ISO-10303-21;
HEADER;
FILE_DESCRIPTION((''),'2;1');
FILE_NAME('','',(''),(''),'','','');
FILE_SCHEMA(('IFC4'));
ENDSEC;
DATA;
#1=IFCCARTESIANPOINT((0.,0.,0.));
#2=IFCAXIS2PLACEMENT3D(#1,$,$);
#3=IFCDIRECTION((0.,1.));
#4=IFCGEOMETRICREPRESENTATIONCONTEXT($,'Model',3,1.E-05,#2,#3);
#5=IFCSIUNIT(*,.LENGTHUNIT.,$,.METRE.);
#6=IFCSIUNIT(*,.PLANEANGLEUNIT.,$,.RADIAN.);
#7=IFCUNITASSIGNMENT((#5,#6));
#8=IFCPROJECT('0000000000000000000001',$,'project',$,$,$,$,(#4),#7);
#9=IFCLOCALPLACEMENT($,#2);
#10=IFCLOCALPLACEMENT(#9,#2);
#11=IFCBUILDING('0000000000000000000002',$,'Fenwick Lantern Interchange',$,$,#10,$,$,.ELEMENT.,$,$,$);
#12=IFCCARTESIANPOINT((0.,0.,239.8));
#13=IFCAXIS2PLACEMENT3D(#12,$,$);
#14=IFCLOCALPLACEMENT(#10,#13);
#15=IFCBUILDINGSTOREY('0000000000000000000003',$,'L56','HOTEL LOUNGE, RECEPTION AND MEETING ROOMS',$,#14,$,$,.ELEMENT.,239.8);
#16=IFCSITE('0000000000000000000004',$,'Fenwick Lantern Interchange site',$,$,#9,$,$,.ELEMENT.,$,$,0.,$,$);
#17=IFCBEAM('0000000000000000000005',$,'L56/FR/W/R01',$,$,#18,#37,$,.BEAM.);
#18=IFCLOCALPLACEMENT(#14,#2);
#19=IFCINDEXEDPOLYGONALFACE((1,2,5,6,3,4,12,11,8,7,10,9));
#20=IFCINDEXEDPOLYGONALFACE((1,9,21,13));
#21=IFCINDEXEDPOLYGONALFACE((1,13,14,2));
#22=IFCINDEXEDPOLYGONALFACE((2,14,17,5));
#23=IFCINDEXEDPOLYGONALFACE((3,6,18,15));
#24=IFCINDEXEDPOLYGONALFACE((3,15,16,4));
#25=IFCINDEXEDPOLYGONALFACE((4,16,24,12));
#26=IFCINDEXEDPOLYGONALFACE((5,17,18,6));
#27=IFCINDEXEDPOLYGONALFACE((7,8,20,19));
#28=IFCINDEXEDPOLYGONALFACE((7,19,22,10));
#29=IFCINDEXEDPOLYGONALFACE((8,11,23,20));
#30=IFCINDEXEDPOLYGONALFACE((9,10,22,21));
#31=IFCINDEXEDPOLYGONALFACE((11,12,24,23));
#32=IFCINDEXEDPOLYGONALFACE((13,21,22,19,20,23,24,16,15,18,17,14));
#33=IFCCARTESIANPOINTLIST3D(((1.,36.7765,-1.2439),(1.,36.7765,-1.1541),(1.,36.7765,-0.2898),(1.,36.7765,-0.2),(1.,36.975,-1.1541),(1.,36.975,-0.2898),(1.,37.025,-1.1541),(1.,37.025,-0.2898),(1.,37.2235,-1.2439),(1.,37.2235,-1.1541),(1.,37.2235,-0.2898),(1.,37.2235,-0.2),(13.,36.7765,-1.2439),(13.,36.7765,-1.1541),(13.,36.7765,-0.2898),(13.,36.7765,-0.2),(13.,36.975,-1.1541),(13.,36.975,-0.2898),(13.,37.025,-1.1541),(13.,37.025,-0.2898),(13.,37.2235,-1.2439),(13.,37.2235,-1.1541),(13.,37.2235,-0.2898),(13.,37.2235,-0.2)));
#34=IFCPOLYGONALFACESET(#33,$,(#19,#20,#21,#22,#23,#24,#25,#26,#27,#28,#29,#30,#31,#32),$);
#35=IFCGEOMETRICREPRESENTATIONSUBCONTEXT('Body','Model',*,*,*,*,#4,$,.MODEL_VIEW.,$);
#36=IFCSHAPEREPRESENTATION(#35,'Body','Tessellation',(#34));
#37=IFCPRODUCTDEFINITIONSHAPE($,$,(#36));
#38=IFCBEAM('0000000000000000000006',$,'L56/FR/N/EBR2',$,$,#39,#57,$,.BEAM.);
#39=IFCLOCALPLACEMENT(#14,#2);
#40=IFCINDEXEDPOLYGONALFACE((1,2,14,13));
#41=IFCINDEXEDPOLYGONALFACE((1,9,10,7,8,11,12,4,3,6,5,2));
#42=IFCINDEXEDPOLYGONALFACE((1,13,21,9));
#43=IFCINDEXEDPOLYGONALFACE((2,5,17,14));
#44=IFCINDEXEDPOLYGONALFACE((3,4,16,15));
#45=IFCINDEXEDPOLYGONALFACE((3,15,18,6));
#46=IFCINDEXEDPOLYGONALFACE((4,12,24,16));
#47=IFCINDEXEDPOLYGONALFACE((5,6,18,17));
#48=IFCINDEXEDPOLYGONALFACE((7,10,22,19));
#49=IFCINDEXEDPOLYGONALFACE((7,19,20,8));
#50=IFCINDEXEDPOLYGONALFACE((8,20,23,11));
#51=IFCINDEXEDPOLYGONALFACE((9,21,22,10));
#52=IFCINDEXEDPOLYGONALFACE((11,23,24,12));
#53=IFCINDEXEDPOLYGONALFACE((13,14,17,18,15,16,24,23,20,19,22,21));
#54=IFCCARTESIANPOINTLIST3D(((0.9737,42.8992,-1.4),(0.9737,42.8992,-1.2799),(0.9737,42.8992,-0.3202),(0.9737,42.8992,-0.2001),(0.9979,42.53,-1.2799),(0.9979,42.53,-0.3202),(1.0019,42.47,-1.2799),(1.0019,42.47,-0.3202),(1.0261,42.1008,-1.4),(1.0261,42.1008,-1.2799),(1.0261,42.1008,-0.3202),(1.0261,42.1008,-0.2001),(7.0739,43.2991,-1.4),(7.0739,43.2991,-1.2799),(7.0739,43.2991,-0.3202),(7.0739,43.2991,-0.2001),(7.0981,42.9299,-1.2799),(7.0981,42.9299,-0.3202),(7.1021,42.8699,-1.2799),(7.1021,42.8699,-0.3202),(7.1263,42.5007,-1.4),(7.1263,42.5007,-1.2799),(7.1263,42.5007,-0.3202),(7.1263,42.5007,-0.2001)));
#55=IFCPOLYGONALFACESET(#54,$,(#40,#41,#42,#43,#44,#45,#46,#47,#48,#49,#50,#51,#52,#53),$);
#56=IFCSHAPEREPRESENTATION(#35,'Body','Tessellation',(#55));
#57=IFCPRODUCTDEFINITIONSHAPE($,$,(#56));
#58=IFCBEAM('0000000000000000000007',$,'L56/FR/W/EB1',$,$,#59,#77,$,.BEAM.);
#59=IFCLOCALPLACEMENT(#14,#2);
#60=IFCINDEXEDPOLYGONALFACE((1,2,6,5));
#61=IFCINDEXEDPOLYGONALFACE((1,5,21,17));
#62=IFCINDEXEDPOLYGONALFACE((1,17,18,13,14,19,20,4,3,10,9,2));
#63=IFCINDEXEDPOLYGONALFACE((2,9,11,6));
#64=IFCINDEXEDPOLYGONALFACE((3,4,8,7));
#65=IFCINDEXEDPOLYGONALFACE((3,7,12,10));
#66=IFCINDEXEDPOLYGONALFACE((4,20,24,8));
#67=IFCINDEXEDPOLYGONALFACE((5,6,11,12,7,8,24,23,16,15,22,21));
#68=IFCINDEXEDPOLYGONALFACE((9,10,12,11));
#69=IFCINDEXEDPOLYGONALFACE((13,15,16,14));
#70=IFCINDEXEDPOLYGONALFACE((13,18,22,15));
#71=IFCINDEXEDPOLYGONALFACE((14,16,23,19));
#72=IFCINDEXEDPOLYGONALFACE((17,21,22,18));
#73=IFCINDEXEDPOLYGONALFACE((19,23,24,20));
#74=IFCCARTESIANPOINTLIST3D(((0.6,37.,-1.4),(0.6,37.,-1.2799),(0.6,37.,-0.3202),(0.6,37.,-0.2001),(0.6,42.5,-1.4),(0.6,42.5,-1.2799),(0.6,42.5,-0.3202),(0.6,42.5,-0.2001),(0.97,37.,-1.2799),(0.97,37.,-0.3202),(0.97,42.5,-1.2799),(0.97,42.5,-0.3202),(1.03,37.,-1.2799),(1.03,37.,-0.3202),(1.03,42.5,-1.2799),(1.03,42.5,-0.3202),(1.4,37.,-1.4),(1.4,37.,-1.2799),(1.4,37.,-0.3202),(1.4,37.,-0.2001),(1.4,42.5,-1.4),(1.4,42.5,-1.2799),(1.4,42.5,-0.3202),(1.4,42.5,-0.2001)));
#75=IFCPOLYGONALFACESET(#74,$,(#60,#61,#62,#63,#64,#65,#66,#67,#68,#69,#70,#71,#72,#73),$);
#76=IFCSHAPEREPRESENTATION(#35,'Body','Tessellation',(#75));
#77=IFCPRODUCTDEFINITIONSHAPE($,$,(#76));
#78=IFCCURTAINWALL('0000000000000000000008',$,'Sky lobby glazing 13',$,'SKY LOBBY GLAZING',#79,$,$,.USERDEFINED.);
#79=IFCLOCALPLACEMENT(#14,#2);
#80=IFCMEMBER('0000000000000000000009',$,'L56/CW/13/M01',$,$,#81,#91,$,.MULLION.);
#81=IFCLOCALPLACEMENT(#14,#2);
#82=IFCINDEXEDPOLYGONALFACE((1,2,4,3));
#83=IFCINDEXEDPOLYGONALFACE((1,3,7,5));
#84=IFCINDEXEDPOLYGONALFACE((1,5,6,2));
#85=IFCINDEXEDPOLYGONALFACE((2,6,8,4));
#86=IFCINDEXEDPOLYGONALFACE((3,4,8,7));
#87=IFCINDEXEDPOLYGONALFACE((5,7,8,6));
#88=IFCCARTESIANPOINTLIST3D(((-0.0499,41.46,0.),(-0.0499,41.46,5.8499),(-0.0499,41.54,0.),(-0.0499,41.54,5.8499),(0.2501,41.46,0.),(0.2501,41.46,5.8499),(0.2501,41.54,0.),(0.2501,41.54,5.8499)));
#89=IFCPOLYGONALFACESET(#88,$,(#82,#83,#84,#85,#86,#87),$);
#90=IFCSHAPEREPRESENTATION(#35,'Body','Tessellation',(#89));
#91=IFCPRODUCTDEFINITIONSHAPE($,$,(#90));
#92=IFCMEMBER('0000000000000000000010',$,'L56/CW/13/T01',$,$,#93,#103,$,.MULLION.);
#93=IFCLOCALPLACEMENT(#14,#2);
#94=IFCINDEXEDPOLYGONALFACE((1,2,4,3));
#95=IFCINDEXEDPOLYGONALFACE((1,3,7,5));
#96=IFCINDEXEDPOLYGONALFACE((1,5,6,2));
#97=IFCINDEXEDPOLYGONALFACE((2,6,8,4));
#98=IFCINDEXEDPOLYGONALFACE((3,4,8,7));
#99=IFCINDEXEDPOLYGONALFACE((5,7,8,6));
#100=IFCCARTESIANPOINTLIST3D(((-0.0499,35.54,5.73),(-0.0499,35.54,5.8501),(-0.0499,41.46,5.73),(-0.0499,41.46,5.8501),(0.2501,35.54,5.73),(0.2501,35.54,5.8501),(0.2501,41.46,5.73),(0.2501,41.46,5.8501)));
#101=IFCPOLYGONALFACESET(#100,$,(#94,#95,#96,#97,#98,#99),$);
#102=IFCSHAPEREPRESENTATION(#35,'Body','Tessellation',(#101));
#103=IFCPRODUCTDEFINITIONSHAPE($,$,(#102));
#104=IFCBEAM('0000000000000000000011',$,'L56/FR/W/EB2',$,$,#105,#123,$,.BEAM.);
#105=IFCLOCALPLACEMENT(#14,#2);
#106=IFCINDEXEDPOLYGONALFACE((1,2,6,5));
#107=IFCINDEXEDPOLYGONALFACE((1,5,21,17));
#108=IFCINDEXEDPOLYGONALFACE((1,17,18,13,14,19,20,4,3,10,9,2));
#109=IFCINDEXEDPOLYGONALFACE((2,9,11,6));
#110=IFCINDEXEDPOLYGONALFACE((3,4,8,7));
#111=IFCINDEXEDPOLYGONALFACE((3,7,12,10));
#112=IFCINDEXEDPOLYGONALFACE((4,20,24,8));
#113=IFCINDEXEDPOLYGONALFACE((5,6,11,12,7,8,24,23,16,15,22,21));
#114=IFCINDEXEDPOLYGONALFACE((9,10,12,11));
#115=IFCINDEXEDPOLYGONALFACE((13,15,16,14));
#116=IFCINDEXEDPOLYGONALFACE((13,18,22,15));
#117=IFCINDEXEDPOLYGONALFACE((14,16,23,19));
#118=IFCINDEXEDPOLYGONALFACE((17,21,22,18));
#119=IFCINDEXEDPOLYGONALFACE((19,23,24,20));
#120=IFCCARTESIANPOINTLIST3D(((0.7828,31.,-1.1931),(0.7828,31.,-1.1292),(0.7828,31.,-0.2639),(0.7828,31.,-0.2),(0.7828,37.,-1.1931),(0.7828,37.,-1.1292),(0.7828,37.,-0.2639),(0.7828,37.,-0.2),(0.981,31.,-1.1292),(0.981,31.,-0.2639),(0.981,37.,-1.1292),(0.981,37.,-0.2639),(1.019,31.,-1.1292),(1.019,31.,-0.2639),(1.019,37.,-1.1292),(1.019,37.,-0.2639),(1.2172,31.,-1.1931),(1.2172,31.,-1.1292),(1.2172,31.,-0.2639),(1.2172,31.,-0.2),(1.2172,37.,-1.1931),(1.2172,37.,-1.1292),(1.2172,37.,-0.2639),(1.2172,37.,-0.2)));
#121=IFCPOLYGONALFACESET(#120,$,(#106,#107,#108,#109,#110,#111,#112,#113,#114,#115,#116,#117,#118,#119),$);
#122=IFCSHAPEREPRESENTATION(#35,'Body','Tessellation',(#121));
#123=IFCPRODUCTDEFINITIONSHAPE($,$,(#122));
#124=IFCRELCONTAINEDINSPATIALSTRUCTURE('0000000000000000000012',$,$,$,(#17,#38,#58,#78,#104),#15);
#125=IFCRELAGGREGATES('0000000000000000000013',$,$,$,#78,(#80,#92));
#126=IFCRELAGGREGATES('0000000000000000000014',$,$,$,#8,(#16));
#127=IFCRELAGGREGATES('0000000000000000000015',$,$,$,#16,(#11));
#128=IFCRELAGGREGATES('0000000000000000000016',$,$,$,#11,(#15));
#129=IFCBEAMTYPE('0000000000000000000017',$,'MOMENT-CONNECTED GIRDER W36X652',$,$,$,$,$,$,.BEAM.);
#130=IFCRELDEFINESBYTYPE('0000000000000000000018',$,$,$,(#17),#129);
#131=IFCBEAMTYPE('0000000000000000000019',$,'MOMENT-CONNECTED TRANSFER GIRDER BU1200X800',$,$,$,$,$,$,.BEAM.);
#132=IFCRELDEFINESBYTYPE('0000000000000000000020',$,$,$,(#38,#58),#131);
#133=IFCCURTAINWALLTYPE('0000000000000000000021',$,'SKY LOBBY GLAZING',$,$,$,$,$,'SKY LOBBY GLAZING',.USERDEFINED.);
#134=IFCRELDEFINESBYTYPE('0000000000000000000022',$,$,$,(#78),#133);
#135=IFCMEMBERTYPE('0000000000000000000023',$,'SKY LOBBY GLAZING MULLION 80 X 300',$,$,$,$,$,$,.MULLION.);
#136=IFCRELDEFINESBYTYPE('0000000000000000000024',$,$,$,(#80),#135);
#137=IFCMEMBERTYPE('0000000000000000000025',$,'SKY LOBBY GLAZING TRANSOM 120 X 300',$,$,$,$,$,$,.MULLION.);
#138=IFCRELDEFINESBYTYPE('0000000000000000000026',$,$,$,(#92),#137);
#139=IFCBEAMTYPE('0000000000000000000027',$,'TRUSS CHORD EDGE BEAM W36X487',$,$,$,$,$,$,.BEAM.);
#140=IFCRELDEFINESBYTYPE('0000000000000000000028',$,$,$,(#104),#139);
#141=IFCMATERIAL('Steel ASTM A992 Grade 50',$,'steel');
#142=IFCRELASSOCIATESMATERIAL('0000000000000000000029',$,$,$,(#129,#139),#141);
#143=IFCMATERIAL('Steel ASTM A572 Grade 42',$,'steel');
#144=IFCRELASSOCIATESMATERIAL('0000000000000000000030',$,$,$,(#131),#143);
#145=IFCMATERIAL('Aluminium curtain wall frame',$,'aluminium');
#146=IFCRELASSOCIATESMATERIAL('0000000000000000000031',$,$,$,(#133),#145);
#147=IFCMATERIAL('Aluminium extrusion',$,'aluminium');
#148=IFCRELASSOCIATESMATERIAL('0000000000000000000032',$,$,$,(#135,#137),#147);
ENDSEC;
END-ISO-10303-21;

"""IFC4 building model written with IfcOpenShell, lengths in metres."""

from ifc_helpers import new_model, si_unit, direction, frame, origin, origin_2d, place, context, subcontext, project, spatial, rectangle, i_section, extrude, material, material_profile, profile_set, type_object, element, aggregate, save


model = new_model("IFC4")

# Units and contexts
model_context = context("Model", 3, precision=1e-05, world=origin(), true_north=direction((0.0, 1.0)))
body_context = subcontext(model_context, "Body", "Model", "MODEL_VIEW")
ifc_project = project(units=[si_unit("LENGTHUNIT", "METRE"), si_unit("PLANEANGLEUNIT", "RADIAN")], contexts=[model_context])

# Site, building, storey
site_placement = place(None, origin())
site = spatial("IfcSite", under=ifc_project, at=site_placement, Name="Fenwick Lantern Interchange site", CompositionType="ELEMENT", RefElevation=0.0)
building_placement = place(site_placement, origin())
building = spatial("IfcBuilding", under=site, at=building_placement, Name="Fenwick Lantern Interchange", CompositionType="ELEMENT")
storey_placement = place(building_placement, frame((0.0, 0.0, 239.8)))
storey = spatial("IfcBuildingStorey", under=building, at=storey_placement, Name="L56", Description="HOTEL LOUNGE, RECEPTION AND MEETING ROOMS", CompositionType="ELEMENT", Elevation=239.8)

# Shared definitions
ifc_material_1 = material(Name="Steel ASTM A992 Grade 50", Category="steel")

# Beams
ifc_material_profile_1 = material_profile(ifc_material_1, i_section(OverallWidth=0.447, OverallDepth=1.0439, WebThickness=0.05, FlangeThickness=0.0898, at=origin_2d()), Name="W36X652")
ifc_profile_set_1 = profile_set([ifc_material_profile_1], Name="Steel ASTM A992 Grade 50")
beam_type_1 = type_object("IfcBeamType", Name="MOMENT-CONNECTED GIRDER W36X652", PredefinedType="BEAM", material=ifc_profile_set_1)
beam_1_placement = place(storey_placement, frame((1.0, 37.0, -0.7219), z_axis=(1.0, 0.0, 0.0), x_axis=(0.0, 1.0, 0.0)))
element("IfcBeam", 1, at=beam_1_placement, inside=storey, type_object=beam_type_1, Name="L56/FR/W/R01", PredefinedType="BEAM", context=body_context, shape_type="SweptSolid", body=[
    extrude(i_section(OverallWidth=0.447, OverallDepth=1.0439, WebThickness=0.05, FlangeThickness=0.0898, at=origin_2d()), origin(), (0.0, 0.0, 1.0), 12.0),
])
ifc_material_2 = material(Name="Steel ASTM A572 Grade 42", Category="steel")
ifc_material_profile_2 = material_profile(ifc_material_2, i_section(OverallWidth=0.8, OverallDepth=1.2, WebThickness=0.0601, FlangeThickness=0.1201, at=origin_2d()), Name="BU1200X800")
ifc_profile_set_2 = profile_set([ifc_material_profile_2], Name="Steel ASTM A572 Grade 42")
beam_type_2 = type_object("IfcBeamType", Name="MOMENT-CONNECTED TRANSFER GIRDER BU1200X800", PredefinedType="BEAM", material=ifc_profile_set_2)
beam_2_placement = place(storey_placement, frame((7.1001, 42.8999, -0.8), z_axis=(-0.997858, -0.065416, 0.0), x_axis=(0.065416, -0.997858, 0.0)))
element("IfcBeam", 2, at=beam_2_placement, inside=storey, type_object=beam_type_2, Name="L56/FR/N/EBR2", PredefinedType="BEAM", context=body_context, shape_type="SweptSolid", body=[
    extrude(i_section(OverallWidth=0.8, OverallDepth=1.2, WebThickness=0.0601, FlangeThickness=0.1201, at=origin_2d()), origin(), (0.0, 0.0, 1.0), 6.1133),
])
beam_3_placement = place(storey_placement, frame((1.0, 42.5, -0.8), z_axis=(0.0, -1.0, 0.0), x_axis=(1.0, 0.0, 0.0)))
element("IfcBeam", 3, at=beam_3_placement, inside=storey, type_object=beam_type_2, Name="L56/FR/W/EB1", PredefinedType="BEAM", context=body_context, shape_type="SweptSolid", body=[
    extrude(i_section(OverallWidth=0.8, OverallDepth=1.2, WebThickness=0.0601, FlangeThickness=0.1201, at=origin_2d()), origin(), (0.0, 0.0, 1.0), 5.5),
])

# Curtain wall, members
ifc_material_3 = material(Name="Aluminium curtain wall frame", Category="aluminium")
curtain_wall_type = type_object("IfcCurtainWallType", Name="SKY LOBBY GLAZING", ElementType="SKY LOBBY GLAZING", PredefinedType="USERDEFINED", material=ifc_material_3)
curtain_wall_placement = place(storey_placement, origin())
curtain_wall = element("IfcCurtainWall", 4, at=curtain_wall_placement, inside=storey, type_object=curtain_wall_type, Name="Sky lobby glazing 13", ObjectType="SKY LOBBY GLAZING", PredefinedType="USERDEFINED")
ifc_material_4 = material(Name="Aluminium extrusion", Category="aluminium")
ifc_material_profile_3 = material_profile(ifc_material_4, rectangle(XDim=0.3, YDim=0.0801, at=origin_2d()), Name="SKY LOBBY GLAZING MULLION 80 X 300")
ifc_profile_set_3 = profile_set([ifc_material_profile_3], Name="Aluminium extrusion")
member_type_1 = type_object("IfcMemberType", Name="SKY LOBBY GLAZING MULLION 80 X 300", PredefinedType="MULLION", material=ifc_profile_set_3)
member_1_placement = place(storey_placement, frame((0.1001, 41.5, 0.0), z_axis=(0.0, 0.0, 1.0), x_axis=(1.0, 0.0, 0.0)))
member_1 = element("IfcMember", 5, at=member_1_placement, type_object=member_type_1, Name="L56/CW/13/M01", PredefinedType="MULLION", context=body_context, shape_type="SweptSolid", body=[
    extrude(rectangle(XDim=0.3, YDim=0.0801, at=origin_2d()), origin(), (0.0, 0.0, 1.0), 5.8499),
])
ifc_material_profile_4 = material_profile(ifc_material_4, rectangle(XDim=0.3, YDim=0.1201, at=origin_2d()), Name="SKY LOBBY GLAZING TRANSOM 120 X 300")
ifc_profile_set_4 = profile_set([ifc_material_profile_4], Name="Aluminium extrusion")
member_type_2 = type_object("IfcMemberType", Name="SKY LOBBY GLAZING TRANSOM 120 X 300", PredefinedType="MULLION", material=ifc_profile_set_4)
member_2_placement = place(storey_placement, frame((0.1001, 41.46, 5.79), z_axis=(0.0, -1.0, 0.0), x_axis=(1.0, 0.0, 0.0)))
member_2 = element("IfcMember", 6, at=member_2_placement, type_object=member_type_2, Name="L56/CW/13/T01", PredefinedType="MULLION", context=body_context, shape_type="SweptSolid", body=[
    extrude(rectangle(XDim=0.3, YDim=0.1201, at=origin_2d()), origin(), (0.0, 0.0, 1.0), 5.9199),
])
aggregate(curtain_wall, [member_1, member_2])

# Beam
ifc_material_profile_5 = material_profile(ifc_material_1, i_section(OverallWidth=0.4343, OverallDepth=0.9932, WebThickness=0.0381, FlangeThickness=0.064, at=origin_2d()), Name="W36X487")
ifc_profile_set_5 = profile_set([ifc_material_profile_5], Name="Steel ASTM A992 Grade 50")
beam_type_3 = type_object("IfcBeamType", Name="TRUSS CHORD EDGE BEAM W36X487", PredefinedType="BEAM", material=ifc_profile_set_5)
beam_4_placement = place(storey_placement, frame((1.0, 37.0, -0.6965), z_axis=(0.0, -1.0, 0.0), x_axis=(1.0, 0.0, 0.0)))
element("IfcBeam", 7, at=beam_4_placement, inside=storey, type_object=beam_type_3, Name="L56/FR/W/EB2", PredefinedType="BEAM", context=body_context, shape_type="SweptSolid", body=[
    extrude(i_section(OverallWidth=0.4343, OverallDepth=0.9932, WebThickness=0.0381, FlangeThickness=0.064, at=origin_2d()), origin(), (0.0, 0.0, 1.0), 6.0),
])

save(model, "model.ifc")
